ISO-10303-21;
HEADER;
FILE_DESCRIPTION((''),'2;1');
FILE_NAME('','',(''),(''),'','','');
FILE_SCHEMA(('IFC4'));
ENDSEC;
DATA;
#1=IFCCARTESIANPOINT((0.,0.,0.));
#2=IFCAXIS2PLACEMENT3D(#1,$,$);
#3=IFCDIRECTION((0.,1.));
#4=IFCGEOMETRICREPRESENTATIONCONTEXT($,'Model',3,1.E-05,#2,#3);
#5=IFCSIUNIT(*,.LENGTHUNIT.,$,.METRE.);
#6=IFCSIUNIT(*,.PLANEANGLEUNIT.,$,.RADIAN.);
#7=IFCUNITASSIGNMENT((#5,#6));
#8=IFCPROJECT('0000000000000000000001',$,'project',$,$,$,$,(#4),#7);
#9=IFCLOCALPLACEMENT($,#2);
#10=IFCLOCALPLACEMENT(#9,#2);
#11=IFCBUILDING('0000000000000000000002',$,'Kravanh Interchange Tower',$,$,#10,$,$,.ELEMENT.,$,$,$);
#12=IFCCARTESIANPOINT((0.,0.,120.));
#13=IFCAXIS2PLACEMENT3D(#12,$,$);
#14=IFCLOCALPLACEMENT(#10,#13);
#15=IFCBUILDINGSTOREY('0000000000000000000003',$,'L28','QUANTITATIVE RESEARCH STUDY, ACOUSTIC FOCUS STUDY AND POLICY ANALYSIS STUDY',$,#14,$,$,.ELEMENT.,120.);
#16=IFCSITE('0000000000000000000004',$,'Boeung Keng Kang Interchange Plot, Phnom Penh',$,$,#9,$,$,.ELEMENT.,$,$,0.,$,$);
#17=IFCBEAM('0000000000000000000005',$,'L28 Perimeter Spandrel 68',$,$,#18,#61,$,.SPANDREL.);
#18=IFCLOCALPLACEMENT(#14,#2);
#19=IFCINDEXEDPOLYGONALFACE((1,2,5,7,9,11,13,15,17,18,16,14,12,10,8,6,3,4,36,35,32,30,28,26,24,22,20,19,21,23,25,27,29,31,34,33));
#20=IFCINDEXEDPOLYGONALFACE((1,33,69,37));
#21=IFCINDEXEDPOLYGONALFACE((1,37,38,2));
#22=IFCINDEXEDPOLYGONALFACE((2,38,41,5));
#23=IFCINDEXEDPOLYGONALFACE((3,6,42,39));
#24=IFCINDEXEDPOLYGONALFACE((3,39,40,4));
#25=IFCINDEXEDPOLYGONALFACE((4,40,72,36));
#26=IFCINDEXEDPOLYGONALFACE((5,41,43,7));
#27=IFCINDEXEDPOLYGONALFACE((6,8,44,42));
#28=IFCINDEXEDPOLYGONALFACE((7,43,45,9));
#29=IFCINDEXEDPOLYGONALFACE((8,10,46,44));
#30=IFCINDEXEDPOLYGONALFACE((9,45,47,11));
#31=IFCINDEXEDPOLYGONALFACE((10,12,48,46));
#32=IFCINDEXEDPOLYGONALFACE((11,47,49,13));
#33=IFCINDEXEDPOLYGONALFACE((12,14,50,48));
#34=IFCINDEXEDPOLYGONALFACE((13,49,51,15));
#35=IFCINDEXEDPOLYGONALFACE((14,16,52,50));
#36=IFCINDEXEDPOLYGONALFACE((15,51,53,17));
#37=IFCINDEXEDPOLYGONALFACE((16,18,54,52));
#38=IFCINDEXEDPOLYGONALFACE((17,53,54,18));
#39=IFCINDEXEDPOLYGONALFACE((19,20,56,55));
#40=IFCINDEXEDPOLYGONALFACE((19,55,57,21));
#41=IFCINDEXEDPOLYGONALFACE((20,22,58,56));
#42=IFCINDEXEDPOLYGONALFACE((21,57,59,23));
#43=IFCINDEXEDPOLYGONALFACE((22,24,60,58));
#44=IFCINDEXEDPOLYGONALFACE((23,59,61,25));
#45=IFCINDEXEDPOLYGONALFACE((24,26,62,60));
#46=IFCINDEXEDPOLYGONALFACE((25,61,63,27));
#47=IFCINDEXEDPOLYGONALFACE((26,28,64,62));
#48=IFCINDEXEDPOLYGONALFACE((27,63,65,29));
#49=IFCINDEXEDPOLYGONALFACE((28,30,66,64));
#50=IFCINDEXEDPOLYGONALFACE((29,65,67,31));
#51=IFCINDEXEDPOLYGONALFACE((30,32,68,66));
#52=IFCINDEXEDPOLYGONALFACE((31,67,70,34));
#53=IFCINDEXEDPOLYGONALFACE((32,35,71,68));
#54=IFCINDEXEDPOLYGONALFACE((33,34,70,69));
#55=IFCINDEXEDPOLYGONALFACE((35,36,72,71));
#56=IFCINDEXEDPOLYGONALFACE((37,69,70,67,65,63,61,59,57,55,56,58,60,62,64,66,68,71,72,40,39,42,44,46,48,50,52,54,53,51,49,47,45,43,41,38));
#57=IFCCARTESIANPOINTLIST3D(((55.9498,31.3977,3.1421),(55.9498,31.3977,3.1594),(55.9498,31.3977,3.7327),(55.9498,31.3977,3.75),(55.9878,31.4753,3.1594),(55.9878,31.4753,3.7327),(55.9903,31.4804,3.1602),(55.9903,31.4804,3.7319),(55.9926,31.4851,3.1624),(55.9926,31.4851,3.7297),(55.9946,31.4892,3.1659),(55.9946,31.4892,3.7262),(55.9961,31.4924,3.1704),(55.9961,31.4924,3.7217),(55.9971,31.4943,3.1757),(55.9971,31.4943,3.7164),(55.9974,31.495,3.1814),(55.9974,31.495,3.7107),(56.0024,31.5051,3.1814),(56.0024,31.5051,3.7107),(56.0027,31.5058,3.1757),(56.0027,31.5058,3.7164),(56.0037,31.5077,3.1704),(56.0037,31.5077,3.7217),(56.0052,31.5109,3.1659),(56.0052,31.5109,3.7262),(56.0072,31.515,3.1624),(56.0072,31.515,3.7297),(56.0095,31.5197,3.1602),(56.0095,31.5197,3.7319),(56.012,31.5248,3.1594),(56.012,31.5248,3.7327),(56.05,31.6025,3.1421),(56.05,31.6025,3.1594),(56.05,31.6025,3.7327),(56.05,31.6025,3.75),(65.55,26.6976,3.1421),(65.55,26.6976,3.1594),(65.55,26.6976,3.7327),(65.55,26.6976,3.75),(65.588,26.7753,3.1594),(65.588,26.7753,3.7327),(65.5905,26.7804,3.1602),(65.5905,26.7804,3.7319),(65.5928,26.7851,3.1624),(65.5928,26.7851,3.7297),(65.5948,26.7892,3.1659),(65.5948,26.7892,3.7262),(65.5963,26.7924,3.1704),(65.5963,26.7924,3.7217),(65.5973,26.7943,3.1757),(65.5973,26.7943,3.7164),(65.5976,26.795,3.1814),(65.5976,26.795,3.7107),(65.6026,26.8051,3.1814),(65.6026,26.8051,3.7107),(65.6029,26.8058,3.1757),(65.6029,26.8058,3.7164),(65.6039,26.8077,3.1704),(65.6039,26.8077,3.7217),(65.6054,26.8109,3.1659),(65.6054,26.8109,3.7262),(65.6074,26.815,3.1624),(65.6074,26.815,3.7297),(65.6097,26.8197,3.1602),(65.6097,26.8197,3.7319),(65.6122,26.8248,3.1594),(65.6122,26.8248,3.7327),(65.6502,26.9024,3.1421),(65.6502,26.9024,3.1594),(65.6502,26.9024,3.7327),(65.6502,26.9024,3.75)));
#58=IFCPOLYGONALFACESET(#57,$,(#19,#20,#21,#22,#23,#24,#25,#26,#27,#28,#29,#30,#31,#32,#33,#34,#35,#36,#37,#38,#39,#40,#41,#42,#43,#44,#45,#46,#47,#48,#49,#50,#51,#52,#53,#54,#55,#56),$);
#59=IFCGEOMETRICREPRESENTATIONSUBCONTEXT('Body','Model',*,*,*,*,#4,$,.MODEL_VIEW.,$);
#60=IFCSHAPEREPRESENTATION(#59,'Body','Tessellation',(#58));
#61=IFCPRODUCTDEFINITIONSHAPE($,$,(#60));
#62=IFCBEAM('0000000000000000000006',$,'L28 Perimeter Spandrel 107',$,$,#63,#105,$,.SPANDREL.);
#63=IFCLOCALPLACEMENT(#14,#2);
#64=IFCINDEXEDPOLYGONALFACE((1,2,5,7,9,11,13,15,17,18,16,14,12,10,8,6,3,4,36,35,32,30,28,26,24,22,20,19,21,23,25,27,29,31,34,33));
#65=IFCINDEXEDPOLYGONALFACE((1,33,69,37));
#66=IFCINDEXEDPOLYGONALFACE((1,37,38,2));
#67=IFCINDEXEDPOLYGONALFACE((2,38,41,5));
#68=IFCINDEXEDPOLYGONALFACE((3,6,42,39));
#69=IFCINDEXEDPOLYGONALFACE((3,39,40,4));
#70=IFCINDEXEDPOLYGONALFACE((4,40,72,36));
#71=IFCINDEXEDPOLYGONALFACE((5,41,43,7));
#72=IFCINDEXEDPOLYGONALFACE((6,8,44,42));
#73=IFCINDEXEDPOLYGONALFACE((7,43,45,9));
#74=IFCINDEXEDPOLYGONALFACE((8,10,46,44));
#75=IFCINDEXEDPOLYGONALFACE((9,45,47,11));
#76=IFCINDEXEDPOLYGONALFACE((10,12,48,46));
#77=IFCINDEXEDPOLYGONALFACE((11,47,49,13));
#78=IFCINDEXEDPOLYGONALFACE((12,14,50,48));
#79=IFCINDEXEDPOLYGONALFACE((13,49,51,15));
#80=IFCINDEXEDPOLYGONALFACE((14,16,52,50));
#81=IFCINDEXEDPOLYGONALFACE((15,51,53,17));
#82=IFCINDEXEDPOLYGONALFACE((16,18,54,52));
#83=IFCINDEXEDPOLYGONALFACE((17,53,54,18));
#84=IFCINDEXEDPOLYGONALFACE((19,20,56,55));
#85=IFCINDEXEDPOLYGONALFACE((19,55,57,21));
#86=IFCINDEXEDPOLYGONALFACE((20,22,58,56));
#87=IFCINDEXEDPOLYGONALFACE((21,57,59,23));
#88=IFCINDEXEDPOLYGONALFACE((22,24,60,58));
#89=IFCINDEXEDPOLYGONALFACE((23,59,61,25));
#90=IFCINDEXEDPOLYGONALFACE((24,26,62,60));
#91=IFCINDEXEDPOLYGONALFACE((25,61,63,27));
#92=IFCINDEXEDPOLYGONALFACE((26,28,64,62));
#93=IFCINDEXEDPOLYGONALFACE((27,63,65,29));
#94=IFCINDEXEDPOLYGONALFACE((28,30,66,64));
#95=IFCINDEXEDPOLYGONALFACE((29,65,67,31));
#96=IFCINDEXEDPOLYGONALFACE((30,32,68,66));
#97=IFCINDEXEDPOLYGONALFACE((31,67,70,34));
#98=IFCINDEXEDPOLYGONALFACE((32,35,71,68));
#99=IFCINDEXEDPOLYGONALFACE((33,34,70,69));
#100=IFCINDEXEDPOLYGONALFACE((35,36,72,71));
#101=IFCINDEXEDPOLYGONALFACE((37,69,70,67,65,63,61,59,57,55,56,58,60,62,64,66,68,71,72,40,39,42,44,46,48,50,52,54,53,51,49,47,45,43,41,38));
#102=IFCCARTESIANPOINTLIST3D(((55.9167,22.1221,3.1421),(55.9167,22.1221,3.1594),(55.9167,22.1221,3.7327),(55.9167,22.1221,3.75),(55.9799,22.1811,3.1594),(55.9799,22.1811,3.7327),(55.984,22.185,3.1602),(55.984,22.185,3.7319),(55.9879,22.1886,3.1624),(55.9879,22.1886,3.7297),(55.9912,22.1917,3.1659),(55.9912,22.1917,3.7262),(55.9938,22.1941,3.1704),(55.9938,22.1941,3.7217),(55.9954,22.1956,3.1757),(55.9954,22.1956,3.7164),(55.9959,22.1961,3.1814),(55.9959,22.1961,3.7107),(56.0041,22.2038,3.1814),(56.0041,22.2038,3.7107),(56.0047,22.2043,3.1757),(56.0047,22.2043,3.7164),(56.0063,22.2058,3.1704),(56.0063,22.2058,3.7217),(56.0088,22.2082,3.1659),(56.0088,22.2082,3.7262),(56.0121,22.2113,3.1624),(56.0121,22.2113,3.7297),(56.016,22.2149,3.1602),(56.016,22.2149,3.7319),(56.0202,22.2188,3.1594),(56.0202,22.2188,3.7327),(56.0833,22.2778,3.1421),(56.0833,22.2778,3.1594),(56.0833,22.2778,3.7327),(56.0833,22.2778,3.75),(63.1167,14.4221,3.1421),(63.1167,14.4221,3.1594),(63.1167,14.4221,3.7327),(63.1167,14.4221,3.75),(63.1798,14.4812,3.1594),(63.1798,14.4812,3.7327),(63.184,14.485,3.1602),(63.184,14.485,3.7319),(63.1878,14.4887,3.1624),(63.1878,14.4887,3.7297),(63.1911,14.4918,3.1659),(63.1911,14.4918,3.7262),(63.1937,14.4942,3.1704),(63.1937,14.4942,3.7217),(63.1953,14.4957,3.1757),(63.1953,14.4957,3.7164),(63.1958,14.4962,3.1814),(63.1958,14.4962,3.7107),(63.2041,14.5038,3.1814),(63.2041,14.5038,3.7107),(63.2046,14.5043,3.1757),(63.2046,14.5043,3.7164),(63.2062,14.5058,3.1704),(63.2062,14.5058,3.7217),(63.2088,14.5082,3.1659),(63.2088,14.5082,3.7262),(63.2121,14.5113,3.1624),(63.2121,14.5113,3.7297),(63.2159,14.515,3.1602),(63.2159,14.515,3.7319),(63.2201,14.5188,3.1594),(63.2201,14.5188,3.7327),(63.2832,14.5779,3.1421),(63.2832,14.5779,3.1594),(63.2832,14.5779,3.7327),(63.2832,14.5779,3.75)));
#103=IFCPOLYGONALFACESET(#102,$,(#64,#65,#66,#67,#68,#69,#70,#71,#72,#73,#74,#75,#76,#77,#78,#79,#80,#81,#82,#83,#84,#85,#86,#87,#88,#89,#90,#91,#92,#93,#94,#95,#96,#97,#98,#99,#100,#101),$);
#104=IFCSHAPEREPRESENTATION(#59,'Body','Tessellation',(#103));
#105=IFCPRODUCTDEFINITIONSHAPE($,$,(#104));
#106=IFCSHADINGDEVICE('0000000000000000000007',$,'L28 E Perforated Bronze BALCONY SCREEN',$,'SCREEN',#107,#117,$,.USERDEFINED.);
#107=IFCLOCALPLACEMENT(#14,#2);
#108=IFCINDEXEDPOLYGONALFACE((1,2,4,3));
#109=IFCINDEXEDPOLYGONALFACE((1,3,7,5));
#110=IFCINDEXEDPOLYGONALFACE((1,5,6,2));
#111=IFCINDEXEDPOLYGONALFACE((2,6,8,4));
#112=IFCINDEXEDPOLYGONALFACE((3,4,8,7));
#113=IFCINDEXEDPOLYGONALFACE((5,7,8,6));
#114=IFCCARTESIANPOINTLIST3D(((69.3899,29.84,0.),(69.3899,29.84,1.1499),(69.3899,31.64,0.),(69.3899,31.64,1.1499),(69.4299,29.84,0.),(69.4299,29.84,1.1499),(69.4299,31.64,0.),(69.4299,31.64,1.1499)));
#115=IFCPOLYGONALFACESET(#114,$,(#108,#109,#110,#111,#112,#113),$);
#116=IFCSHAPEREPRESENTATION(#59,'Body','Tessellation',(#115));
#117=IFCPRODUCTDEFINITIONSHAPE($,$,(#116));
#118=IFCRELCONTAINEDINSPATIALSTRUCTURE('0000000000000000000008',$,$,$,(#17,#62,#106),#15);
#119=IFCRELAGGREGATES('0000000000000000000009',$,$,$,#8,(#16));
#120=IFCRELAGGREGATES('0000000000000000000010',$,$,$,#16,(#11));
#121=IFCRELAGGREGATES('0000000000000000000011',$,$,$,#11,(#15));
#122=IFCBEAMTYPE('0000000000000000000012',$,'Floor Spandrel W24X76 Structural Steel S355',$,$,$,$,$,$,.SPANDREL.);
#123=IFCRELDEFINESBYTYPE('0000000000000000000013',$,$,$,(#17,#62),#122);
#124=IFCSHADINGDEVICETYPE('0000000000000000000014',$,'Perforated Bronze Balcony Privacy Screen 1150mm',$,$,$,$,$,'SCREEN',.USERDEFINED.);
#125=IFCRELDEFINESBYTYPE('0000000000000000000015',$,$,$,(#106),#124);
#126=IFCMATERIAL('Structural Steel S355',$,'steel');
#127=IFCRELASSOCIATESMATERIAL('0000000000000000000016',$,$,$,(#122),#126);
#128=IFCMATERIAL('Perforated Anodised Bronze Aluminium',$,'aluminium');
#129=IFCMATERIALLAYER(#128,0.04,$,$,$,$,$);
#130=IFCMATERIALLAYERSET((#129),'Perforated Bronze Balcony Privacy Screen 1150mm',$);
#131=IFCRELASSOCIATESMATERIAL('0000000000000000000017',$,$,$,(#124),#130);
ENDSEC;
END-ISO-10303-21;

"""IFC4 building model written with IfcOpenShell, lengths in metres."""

from ifc_helpers import new_model, si_unit, direction, frame, origin, origin_2d, place, context, subcontext, project, spatial, rectangle, i_section, extrude, material, layer, layer_set, material_profile, profile_set, type_object, element, save


model = new_model("IFC4")

# Units and contexts
model_context = context("Model", 3, precision=1e-05, world=origin(), true_north=direction((0.0, 1.0)))
body_context = subcontext(model_context, "Body", "Model", "MODEL_VIEW")
ifc_project = project(units=[si_unit("LENGTHUNIT", "METRE"), si_unit("PLANEANGLEUNIT", "RADIAN")], contexts=[model_context])

# Site, building, storey
site_placement = place(None, origin())
site = spatial("IfcSite", under=ifc_project, at=site_placement, Name="Boeung Keng Kang Interchange Plot, Phnom Penh", CompositionType="ELEMENT", RefElevation=0.0)
building_placement = place(site_placement, origin())
building = spatial("IfcBuilding", under=site, at=building_placement, Name="Kravanh Interchange Tower", CompositionType="ELEMENT")
storey_placement = place(building_placement, frame((0.0, 0.0, 120.0)))
storey = spatial("IfcBuildingStorey", under=building, at=storey_placement, Name="L28", Description="QUANTITATIVE RESEARCH STUDY, ACOUSTIC FOCUS STUDY AND POLICY ANALYSIS STUDY", CompositionType="ELEMENT", Elevation=120.0)

# Beams
ifc_material_1 = material(Name="Structural Steel S355", Category="steel")
ifc_material_profile_1 = material_profile(ifc_material_1, i_section(OverallWidth=0.228, OverallDepth=0.6079, WebThickness=0.0112, FlangeThickness=0.0173, FilletRadius=0.022, at=origin_2d()), Name="W24X76")
ifc_profile_set_1 = profile_set([ifc_material_profile_1], Name="Structural Steel S355")
beam_type_1 = type_object("IfcBeamType", Name="Floor Spandrel W24X76 Structural Steel S355", PredefinedType="SPANDREL", material=ifc_profile_set_1)
beam_1_placement = place(storey_placement, frame((65.6001, 26.8, 3.446), z_axis=(-0.898142, 0.439706, 0.0), x_axis=(-0.439706, -0.898142, 0.0)))
element("IfcBeam", 1, at=beam_1_placement, inside=storey, type_object=beam_type_1, Name="L28 Perimeter Spandrel 68", PredefinedType="SPANDREL", context=body_context, shape_type="SweptSolid", body=[
    extrude(i_section(OverallWidth=0.228, OverallDepth=0.6079, WebThickness=0.0112, FlangeThickness=0.0173, FilletRadius=0.022, at=origin_2d()), origin(), (0.0, 0.0, 1.0), 10.689),
])
beam_2_placement = place(storey_placement, frame((63.2, 14.5, 3.446), z_axis=(-0.682994, 0.730424, 0.0), x_axis=(-0.730424, -0.682994, 0.0)))
element("IfcBeam", 2, at=beam_2_placement, inside=storey, type_object=beam_type_1, Name="L28 Perimeter Spandrel 107", PredefinedType="SPANDREL", context=body_context, shape_type="SweptSolid", body=[
    extrude(i_section(OverallWidth=0.228, OverallDepth=0.6079, WebThickness=0.0112, FlangeThickness=0.0173, FilletRadius=0.022, at=origin_2d()), origin(), (0.0, 0.0, 1.0), 10.5417),
])

# Shading device
ifc_material_2 = material(Name="Perforated Anodised Bronze Aluminium", Category="aluminium")
ifc_layer_1 = layer(ifc_material_2, 0.04)
ifc_layer_set_1 = layer_set([ifc_layer_1], Name="Perforated Bronze Balcony Privacy Screen 1150mm")
shading_device_type = type_object("IfcShadingDeviceType", Name="Perforated Bronze Balcony Privacy Screen 1150mm", ElementType="SCREEN", PredefinedType="USERDEFINED", material=ifc_layer_set_1)
shading_device_placement = place(storey_placement, frame((69.4099, 30.74, 0.0), z_axis=(0.0, 0.0, 1.0), x_axis=(1.0, 0.0, 0.0)))
element("IfcShadingDevice", 3, at=shading_device_placement, inside=storey, type_object=shading_device_type, Name="L28 E Perforated Bronze BALCONY SCREEN", ObjectType="SCREEN", PredefinedType="USERDEFINED", context=body_context, shape_type="SweptSolid", body=[
    extrude(rectangle(XDim=0.04, YDim=1.8, at=origin_2d()), origin(), (0.0, 0.0, 1.0), 1.1499),
])

save(model, "model.ifc")
